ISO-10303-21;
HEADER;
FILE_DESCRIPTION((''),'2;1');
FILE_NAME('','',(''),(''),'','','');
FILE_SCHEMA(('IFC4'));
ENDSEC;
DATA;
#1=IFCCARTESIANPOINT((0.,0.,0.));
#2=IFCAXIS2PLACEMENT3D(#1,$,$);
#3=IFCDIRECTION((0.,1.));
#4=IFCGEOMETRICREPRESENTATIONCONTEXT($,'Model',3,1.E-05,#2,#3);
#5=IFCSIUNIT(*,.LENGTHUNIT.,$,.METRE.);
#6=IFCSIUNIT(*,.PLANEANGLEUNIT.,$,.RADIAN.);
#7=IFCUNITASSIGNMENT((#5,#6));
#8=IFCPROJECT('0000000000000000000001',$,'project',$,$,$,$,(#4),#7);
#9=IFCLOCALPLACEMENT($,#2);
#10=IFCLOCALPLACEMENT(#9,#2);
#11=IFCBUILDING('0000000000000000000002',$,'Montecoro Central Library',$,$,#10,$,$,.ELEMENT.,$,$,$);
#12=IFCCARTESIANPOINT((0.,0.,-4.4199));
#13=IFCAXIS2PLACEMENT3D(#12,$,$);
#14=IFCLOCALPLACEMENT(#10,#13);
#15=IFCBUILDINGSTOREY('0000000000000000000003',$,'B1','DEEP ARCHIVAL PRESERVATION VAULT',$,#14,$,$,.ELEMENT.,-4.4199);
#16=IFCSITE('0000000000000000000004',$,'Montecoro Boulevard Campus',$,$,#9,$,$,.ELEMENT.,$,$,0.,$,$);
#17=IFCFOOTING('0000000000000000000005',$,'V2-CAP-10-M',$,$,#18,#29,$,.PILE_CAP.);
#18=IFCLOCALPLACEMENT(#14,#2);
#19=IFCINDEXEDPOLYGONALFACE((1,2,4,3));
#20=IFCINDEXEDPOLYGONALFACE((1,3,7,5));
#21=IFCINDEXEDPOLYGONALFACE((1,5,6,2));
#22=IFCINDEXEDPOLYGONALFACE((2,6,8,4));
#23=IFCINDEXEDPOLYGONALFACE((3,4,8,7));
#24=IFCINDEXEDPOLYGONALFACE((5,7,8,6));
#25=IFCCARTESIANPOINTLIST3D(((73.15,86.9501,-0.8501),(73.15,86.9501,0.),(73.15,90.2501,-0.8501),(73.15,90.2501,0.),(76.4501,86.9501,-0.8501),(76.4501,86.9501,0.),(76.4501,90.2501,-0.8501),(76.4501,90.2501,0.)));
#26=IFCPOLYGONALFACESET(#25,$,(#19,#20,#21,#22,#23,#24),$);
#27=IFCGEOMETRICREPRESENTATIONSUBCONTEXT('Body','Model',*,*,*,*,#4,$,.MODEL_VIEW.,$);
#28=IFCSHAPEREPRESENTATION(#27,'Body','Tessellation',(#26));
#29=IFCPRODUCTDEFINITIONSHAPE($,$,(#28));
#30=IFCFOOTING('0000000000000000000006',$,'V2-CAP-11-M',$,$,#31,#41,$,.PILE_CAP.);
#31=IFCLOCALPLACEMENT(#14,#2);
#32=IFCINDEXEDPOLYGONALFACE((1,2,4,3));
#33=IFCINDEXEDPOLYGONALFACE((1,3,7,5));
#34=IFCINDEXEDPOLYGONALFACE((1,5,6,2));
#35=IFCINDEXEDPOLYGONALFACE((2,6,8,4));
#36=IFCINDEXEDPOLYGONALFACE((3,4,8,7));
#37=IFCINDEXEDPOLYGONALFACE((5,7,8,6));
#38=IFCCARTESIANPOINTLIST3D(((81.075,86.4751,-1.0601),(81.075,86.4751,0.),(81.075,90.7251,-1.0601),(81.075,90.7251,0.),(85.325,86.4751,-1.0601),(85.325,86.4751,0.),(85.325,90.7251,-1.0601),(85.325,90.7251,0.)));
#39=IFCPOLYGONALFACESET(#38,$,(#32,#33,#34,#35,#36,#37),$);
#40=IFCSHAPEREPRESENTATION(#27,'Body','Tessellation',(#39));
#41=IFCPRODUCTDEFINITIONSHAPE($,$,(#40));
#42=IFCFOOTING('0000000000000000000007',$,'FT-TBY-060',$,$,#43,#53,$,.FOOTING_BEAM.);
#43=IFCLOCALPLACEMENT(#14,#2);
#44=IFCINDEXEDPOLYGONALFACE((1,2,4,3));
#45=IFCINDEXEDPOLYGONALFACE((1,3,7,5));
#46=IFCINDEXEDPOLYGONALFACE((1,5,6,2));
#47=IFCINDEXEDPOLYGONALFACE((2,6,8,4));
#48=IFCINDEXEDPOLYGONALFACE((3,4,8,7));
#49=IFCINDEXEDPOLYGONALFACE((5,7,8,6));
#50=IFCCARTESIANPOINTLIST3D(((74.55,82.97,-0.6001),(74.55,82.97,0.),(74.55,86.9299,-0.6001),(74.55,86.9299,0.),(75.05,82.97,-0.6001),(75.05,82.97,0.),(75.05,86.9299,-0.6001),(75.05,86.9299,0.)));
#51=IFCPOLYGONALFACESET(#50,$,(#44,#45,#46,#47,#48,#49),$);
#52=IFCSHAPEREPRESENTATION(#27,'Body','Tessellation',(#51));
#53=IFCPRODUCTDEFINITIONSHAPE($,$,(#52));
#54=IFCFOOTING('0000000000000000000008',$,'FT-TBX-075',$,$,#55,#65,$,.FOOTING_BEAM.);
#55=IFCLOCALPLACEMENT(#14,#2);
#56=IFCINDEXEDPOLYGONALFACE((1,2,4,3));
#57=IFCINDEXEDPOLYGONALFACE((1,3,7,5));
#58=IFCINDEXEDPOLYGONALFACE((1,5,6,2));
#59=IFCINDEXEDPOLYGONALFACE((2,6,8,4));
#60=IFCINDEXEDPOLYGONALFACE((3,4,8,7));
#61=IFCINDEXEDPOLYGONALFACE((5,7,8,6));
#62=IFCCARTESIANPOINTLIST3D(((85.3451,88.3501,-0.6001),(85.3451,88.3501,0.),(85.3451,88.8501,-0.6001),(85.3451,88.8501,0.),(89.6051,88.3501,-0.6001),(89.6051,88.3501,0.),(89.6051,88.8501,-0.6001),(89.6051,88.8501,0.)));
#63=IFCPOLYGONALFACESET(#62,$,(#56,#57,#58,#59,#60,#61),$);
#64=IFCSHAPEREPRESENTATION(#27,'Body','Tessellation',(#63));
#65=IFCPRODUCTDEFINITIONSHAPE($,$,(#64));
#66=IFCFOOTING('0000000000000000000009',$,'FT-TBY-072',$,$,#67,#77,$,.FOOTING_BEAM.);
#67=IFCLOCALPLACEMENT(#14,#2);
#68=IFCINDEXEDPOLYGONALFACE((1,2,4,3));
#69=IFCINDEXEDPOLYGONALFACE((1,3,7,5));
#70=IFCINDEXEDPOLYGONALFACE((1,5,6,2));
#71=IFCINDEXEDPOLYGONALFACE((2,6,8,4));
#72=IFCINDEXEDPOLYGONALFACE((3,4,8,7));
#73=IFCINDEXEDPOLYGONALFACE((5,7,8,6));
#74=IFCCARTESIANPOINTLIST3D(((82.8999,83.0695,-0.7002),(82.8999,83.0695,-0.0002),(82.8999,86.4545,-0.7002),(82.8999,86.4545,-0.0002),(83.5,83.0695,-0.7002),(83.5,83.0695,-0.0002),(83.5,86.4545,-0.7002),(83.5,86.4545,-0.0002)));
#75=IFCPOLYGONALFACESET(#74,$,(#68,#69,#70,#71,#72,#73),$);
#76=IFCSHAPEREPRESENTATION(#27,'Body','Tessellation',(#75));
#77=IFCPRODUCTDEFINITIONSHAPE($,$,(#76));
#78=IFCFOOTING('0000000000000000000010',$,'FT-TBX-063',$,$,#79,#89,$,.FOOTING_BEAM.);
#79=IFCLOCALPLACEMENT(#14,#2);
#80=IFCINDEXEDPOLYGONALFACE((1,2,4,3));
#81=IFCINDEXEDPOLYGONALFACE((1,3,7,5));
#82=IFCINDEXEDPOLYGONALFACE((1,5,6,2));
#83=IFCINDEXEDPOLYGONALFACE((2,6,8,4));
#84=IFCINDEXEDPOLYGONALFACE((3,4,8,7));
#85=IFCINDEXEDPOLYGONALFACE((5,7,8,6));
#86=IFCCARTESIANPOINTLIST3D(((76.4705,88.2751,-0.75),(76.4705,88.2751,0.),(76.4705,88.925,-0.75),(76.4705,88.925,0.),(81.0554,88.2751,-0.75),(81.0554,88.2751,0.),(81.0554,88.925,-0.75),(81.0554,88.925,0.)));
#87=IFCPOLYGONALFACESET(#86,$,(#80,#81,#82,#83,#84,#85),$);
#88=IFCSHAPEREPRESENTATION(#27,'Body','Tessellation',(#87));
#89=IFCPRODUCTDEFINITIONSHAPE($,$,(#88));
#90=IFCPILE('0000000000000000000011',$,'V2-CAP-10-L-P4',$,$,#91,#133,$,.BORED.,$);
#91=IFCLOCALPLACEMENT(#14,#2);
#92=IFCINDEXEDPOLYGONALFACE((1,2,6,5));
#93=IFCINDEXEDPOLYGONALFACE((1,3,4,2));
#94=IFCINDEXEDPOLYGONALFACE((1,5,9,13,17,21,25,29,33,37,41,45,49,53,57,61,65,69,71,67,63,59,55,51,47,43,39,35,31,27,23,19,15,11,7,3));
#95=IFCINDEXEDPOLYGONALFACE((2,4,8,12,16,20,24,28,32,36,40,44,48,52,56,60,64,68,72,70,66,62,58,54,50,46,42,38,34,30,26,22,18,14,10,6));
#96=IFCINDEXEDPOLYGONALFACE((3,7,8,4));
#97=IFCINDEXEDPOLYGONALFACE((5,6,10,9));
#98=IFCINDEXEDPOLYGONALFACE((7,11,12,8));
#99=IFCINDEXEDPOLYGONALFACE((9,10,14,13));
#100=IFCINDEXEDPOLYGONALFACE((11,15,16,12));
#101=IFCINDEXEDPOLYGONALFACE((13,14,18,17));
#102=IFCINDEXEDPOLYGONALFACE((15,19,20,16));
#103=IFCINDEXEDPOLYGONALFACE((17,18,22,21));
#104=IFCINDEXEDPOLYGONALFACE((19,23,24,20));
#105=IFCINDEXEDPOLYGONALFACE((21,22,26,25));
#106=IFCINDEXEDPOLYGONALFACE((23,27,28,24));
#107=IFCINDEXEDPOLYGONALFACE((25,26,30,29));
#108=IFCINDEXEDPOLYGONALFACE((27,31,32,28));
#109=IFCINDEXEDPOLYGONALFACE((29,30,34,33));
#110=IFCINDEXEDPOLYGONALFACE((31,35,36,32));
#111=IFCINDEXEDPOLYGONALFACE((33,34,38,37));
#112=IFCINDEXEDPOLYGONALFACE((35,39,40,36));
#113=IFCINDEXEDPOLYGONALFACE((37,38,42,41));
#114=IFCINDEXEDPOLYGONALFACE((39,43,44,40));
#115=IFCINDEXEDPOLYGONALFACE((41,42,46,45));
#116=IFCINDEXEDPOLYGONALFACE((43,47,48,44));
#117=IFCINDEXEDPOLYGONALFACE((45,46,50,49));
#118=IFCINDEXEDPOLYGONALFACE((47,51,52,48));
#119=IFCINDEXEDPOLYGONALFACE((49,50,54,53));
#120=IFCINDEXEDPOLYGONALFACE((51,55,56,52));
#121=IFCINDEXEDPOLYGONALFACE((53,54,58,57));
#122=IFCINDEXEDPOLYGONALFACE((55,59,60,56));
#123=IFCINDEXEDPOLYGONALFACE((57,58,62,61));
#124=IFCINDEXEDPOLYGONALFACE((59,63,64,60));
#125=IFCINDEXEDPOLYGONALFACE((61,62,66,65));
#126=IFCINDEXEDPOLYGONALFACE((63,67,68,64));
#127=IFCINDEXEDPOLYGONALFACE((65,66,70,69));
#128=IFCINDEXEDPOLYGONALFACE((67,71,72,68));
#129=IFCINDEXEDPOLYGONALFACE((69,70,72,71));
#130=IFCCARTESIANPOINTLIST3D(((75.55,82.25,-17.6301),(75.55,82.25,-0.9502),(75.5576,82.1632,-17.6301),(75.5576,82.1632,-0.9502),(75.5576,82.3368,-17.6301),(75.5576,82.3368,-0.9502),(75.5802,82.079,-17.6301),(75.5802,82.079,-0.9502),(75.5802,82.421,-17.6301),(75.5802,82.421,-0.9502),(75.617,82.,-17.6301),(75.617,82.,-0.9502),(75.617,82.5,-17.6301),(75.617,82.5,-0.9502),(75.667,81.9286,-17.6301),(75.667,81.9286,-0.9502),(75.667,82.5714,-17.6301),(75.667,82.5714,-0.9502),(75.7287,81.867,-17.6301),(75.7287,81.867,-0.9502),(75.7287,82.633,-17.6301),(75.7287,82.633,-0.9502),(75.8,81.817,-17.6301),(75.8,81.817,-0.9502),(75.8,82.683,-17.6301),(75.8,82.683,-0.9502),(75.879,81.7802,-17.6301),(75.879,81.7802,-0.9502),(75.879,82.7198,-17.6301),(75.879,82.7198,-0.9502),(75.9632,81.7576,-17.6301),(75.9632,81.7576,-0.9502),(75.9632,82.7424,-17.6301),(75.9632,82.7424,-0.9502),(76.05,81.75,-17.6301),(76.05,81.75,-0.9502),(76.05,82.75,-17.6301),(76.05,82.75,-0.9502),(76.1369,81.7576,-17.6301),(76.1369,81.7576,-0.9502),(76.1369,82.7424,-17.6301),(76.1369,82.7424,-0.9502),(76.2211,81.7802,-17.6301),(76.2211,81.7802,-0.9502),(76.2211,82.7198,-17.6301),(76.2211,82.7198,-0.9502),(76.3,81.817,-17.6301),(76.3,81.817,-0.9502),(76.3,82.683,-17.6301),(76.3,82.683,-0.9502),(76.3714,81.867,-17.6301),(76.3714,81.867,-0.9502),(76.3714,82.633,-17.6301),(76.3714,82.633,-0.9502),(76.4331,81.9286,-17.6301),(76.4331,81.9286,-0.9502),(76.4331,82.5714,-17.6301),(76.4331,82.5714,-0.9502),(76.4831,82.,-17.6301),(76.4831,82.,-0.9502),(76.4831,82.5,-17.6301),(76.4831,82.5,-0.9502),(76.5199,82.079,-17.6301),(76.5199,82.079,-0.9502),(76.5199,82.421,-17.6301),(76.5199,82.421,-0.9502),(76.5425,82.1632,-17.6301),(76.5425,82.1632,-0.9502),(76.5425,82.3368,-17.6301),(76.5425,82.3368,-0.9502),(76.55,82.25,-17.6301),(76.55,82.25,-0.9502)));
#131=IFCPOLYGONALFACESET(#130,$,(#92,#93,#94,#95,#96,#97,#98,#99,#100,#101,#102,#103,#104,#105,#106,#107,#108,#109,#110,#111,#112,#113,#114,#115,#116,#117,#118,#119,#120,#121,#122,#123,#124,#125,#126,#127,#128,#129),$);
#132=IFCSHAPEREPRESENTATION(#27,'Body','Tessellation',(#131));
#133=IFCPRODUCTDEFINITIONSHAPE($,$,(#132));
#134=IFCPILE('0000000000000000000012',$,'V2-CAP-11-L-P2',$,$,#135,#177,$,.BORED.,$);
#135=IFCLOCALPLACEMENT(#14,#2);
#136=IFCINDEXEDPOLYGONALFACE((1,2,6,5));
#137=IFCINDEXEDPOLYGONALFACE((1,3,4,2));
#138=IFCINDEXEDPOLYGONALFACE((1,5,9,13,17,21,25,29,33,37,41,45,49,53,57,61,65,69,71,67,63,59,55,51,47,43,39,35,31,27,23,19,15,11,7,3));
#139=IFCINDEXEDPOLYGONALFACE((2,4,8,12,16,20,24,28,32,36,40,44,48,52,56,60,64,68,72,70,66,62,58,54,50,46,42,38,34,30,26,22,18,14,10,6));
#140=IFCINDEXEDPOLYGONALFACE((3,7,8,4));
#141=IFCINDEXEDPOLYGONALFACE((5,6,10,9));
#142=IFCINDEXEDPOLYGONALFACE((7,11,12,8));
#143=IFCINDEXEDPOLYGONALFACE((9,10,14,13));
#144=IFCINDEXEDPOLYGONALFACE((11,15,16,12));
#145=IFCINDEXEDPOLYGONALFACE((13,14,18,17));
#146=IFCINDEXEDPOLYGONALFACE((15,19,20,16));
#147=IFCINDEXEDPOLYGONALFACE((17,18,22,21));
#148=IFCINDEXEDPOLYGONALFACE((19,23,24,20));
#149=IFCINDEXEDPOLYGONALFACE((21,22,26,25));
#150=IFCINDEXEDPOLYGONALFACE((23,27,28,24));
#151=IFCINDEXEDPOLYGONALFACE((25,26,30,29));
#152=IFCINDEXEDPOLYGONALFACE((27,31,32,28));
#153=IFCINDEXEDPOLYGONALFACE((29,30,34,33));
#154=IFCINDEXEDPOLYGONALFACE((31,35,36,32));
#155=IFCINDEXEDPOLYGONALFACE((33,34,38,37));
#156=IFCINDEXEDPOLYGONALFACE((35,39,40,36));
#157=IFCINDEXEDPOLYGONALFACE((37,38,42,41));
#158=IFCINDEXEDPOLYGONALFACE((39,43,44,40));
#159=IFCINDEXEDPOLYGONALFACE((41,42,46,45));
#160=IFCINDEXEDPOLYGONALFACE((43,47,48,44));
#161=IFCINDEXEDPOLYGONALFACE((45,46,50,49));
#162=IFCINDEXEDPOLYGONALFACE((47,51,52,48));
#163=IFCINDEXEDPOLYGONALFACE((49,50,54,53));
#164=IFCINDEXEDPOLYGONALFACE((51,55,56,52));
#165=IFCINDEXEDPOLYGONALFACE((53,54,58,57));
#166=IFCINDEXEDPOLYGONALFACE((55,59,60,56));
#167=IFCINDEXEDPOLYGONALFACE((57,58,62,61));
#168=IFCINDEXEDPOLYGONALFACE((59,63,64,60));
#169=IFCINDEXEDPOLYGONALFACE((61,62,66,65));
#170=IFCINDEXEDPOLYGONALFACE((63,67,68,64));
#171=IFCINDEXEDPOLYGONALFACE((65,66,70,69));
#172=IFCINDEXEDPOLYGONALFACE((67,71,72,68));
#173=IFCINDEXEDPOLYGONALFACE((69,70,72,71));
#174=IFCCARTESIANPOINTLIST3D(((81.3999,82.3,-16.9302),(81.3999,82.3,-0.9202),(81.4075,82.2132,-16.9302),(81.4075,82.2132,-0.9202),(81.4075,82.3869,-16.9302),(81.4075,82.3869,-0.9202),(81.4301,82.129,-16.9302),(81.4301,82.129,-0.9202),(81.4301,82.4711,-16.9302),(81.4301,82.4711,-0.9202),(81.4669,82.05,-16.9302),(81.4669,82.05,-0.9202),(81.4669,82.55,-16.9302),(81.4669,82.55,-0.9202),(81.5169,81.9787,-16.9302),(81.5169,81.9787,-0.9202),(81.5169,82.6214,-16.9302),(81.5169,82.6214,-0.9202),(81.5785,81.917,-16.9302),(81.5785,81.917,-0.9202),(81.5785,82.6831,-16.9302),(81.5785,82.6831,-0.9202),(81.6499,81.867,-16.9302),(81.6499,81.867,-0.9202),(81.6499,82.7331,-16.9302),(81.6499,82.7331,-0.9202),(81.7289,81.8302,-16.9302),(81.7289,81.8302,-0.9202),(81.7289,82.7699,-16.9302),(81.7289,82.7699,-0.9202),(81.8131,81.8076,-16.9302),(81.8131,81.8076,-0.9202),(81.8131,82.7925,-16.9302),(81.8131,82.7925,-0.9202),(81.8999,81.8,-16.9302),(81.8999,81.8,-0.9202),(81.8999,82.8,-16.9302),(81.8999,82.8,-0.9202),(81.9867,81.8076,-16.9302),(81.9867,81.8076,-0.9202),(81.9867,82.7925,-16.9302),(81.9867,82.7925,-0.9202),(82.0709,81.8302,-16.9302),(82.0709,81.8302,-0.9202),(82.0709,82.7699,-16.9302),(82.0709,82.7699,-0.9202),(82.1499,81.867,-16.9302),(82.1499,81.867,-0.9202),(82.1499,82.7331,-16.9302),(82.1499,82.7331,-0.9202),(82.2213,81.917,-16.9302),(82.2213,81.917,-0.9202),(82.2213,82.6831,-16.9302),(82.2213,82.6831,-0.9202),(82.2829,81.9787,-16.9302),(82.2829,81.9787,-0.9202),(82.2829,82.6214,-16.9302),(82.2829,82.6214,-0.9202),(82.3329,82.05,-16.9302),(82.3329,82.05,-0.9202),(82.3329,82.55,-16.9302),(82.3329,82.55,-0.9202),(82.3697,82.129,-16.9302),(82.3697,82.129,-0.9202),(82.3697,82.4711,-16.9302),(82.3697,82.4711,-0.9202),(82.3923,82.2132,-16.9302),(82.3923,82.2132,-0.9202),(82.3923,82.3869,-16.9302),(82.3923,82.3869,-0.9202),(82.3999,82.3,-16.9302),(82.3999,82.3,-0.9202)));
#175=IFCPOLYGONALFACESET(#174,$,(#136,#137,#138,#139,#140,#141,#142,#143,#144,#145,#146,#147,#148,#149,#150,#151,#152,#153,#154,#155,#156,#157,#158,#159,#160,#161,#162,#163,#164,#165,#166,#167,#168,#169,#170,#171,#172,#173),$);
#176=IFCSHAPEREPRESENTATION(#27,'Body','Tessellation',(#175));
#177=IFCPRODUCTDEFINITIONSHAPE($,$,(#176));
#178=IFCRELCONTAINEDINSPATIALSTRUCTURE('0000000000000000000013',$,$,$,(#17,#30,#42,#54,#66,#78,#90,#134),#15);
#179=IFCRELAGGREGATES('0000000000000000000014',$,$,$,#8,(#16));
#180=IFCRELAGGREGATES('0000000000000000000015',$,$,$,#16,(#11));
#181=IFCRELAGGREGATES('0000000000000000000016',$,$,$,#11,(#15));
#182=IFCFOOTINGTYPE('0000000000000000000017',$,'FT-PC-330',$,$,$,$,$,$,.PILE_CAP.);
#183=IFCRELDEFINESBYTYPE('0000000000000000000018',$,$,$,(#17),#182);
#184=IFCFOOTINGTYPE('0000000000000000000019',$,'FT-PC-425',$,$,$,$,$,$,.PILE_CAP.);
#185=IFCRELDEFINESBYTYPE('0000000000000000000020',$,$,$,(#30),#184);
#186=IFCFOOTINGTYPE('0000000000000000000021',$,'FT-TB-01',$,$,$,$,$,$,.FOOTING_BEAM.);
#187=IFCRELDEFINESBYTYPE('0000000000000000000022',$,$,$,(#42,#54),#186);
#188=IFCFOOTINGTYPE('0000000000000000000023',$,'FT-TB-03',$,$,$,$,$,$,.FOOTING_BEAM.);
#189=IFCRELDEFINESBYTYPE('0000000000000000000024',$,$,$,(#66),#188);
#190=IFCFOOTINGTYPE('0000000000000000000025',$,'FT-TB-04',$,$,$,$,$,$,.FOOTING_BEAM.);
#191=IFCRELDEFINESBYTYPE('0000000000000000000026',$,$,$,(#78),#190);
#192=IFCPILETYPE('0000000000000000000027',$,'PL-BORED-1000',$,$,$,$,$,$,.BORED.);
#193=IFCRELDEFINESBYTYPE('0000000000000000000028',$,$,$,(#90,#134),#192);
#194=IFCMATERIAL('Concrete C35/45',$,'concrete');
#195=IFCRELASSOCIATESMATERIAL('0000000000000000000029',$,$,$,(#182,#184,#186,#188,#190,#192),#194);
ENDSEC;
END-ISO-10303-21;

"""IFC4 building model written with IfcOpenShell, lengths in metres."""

from ifc_helpers import new_model, si_unit, direction, frame, origin, origin_2d, place, context, subcontext, project, spatial, rectangle, circle, extrude, material, material_profile, profile_set, type_object, element, save


model = new_model("IFC4")

# Units and contexts
model_context = context("Model", 3, precision=1e-05, world=origin(), true_north=direction((0.0, 1.0)))
body_context = subcontext(model_context, "Body", "Model", "MODEL_VIEW")
ifc_project = project(units=[si_unit("LENGTHUNIT", "METRE"), si_unit("PLANEANGLEUNIT", "RADIAN")], contexts=[model_context])

# Site, building, storey
site_placement = place(None, origin())
site = spatial("IfcSite", under=ifc_project, at=site_placement, Name="Montecoro Boulevard Campus", CompositionType="ELEMENT", RefElevation=0.0)
building_placement = place(site_placement, origin())
building = spatial("IfcBuilding", under=site, at=building_placement, Name="Montecoro Central Library", CompositionType="ELEMENT")
storey_placement = place(building_placement, frame((0.0, 0.0, -4.4199)))
storey = spatial("IfcBuildingStorey", under=building, at=storey_placement, Name="B1", Description="DEEP ARCHIVAL PRESERVATION VAULT", CompositionType="ELEMENT", Elevation=-4.4199)

# Footings
ifc_material_1 = material(Name="Concrete C35/45", Category="concrete")
footing_type_1 = type_object("IfcFootingType", Name="FT-PC-330", PredefinedType="PILE_CAP", material=ifc_material_1)
footing_1_placement = place(storey_placement, frame((74.8, 88.6001, -0.8501), z_axis=(0.0, 0.0, 1.0), x_axis=(1.0, 0.0, 0.0)))
element("IfcFooting", 1, at=footing_1_placement, inside=storey, type_object=footing_type_1, Name="V2-CAP-10-M", PredefinedType="PILE_CAP", context=body_context, shape_type="SweptSolid", body=[
    extrude(rectangle(XDim=3.3, YDim=3.3, at=origin_2d()), origin(), (0.0, 0.0, 1.0), 0.8501),
])
footing_type_2 = type_object("IfcFootingType", Name="FT-PC-425", PredefinedType="PILE_CAP", material=ifc_material_1)
footing_2_placement = place(storey_placement, frame((83.2, 88.6001, -1.0601), z_axis=(0.0, 0.0, 1.0), x_axis=(1.0, 0.0, 0.0)))
element("IfcFooting", 2, at=footing_2_placement, inside=storey, type_object=footing_type_2, Name="V2-CAP-11-M", PredefinedType="PILE_CAP", context=body_context, shape_type="SweptSolid", body=[
    extrude(rectangle(XDim=4.25, YDim=4.25, at=origin_2d()), origin(), (0.0, 0.0, 1.0), 1.0601),
])
footing_type_3 = type_object("IfcFootingType", Name="FT-TB-01", PredefinedType="FOOTING_BEAM", material=ifc_material_1)
footing_3_placement = place(storey_placement, frame((74.8, 84.95, -0.6001), z_axis=(0.0, 0.0, 1.0), x_axis=(1.0, 0.0, 0.0)))
element("IfcFooting", 3, at=footing_3_placement, inside=storey, type_object=footing_type_3, Name="FT-TBY-060", PredefinedType="FOOTING_BEAM", context=body_context, shape_type="SweptSolid", body=[
    extrude(rectangle(XDim=0.5, YDim=3.96, at=origin_2d()), origin(), (0.0, 0.0, 1.0), 0.6001),
])
footing_4_placement = place(storey_placement, frame((87.4751, 88.6001, -0.6001), z_axis=(0.0, 0.0, 1.0), x_axis=(1.0, 0.0, 0.0)))
element("IfcFooting", 4, at=footing_4_placement, inside=storey, type_object=footing_type_3, Name="FT-TBX-075", PredefinedType="FOOTING_BEAM", context=body_context, shape_type="SweptSolid", body=[
    extrude(rectangle(XDim=4.26, YDim=0.5, at=origin_2d()), origin(), (0.0, 0.0, 1.0), 0.6001),
])
footing_type_4 = type_object("IfcFootingType", Name="FT-TB-03", PredefinedType="FOOTING_BEAM", material=ifc_material_1)
footing_5_placement = place(storey_placement, frame((83.2, 84.762, -0.7002), z_axis=(0.0, 0.0, 1.0), x_axis=(1.0, 0.0, 0.0)))
element("IfcFooting", 5, at=footing_5_placement, inside=storey, type_object=footing_type_4, Name="FT-TBY-072", PredefinedType="FOOTING_BEAM", context=body_context, shape_type="SweptSolid", body=[
    extrude(rectangle(XDim=0.6001, YDim=3.385, at=origin_2d()), origin(), (0.0, 0.0, 1.0), 0.7),
])
footing_type_5 = type_object("IfcFootingType", Name="FT-TB-04", PredefinedType="FOOTING_BEAM", material=ifc_material_1)
footing_6_placement = place(storey_placement, frame((78.7629, 88.6001, -0.75), z_axis=(0.0, 0.0, 1.0), x_axis=(1.0, 0.0, 0.0)))
element("IfcFooting", 6, at=footing_6_placement, inside=storey, type_object=footing_type_5, Name="FT-TBX-063", PredefinedType="FOOTING_BEAM", context=body_context, shape_type="SweptSolid", body=[
    extrude(rectangle(XDim=4.585, YDim=0.6499, at=origin_2d()), origin(), (0.0, 0.0, 1.0), 0.75),
])

# Piles
ifc_material_profile_1 = material_profile(ifc_material_1, circle(Radius=0.5, at=origin_2d()), Name="PILE D1000")
ifc_profile_set_1 = profile_set([ifc_material_profile_1], Name="Concrete C35/45")
pile_type_1 = type_object("IfcPileType", Name="PL-BORED-1000", PredefinedType="BORED", material=ifc_profile_set_1)
pile_1_placement = place(storey_placement, frame((76.05, 82.25, -0.9502), z_axis=(0.0, 0.0, -1.0), x_axis=(1.0, 0.0, 0.0)))
element("IfcPile", 7, at=pile_1_placement, inside=storey, type_object=pile_type_1, Name="V2-CAP-10-L-P4", PredefinedType="BORED", context=body_context, shape_type="SweptSolid", body=[
    extrude(circle(Radius=0.5, at=origin_2d()), origin(), (0.0, 0.0, 1.0), 16.6799),
])
for number, where, z_axis, x_axis, name in (
    (8, (81.8999, 82.3, -0.9202), (0.0, 0.0, -1.0), (1.0, 0.0, 0.0), "V2-CAP-11-L-P2"),
):
    element("IfcPile", number, at=place(storey_placement, frame(where, z_axis=z_axis, x_axis=x_axis)), inside=storey, type_object=pile_type_1, Name=name, PredefinedType="BORED", context=body_context, shape_type="SweptSolid", body=[
        extrude(circle(Radius=0.5, at=origin_2d()), origin(), (0.0, 0.0, 1.0), 16.01),
    ])

save(model, "model.ifc")
